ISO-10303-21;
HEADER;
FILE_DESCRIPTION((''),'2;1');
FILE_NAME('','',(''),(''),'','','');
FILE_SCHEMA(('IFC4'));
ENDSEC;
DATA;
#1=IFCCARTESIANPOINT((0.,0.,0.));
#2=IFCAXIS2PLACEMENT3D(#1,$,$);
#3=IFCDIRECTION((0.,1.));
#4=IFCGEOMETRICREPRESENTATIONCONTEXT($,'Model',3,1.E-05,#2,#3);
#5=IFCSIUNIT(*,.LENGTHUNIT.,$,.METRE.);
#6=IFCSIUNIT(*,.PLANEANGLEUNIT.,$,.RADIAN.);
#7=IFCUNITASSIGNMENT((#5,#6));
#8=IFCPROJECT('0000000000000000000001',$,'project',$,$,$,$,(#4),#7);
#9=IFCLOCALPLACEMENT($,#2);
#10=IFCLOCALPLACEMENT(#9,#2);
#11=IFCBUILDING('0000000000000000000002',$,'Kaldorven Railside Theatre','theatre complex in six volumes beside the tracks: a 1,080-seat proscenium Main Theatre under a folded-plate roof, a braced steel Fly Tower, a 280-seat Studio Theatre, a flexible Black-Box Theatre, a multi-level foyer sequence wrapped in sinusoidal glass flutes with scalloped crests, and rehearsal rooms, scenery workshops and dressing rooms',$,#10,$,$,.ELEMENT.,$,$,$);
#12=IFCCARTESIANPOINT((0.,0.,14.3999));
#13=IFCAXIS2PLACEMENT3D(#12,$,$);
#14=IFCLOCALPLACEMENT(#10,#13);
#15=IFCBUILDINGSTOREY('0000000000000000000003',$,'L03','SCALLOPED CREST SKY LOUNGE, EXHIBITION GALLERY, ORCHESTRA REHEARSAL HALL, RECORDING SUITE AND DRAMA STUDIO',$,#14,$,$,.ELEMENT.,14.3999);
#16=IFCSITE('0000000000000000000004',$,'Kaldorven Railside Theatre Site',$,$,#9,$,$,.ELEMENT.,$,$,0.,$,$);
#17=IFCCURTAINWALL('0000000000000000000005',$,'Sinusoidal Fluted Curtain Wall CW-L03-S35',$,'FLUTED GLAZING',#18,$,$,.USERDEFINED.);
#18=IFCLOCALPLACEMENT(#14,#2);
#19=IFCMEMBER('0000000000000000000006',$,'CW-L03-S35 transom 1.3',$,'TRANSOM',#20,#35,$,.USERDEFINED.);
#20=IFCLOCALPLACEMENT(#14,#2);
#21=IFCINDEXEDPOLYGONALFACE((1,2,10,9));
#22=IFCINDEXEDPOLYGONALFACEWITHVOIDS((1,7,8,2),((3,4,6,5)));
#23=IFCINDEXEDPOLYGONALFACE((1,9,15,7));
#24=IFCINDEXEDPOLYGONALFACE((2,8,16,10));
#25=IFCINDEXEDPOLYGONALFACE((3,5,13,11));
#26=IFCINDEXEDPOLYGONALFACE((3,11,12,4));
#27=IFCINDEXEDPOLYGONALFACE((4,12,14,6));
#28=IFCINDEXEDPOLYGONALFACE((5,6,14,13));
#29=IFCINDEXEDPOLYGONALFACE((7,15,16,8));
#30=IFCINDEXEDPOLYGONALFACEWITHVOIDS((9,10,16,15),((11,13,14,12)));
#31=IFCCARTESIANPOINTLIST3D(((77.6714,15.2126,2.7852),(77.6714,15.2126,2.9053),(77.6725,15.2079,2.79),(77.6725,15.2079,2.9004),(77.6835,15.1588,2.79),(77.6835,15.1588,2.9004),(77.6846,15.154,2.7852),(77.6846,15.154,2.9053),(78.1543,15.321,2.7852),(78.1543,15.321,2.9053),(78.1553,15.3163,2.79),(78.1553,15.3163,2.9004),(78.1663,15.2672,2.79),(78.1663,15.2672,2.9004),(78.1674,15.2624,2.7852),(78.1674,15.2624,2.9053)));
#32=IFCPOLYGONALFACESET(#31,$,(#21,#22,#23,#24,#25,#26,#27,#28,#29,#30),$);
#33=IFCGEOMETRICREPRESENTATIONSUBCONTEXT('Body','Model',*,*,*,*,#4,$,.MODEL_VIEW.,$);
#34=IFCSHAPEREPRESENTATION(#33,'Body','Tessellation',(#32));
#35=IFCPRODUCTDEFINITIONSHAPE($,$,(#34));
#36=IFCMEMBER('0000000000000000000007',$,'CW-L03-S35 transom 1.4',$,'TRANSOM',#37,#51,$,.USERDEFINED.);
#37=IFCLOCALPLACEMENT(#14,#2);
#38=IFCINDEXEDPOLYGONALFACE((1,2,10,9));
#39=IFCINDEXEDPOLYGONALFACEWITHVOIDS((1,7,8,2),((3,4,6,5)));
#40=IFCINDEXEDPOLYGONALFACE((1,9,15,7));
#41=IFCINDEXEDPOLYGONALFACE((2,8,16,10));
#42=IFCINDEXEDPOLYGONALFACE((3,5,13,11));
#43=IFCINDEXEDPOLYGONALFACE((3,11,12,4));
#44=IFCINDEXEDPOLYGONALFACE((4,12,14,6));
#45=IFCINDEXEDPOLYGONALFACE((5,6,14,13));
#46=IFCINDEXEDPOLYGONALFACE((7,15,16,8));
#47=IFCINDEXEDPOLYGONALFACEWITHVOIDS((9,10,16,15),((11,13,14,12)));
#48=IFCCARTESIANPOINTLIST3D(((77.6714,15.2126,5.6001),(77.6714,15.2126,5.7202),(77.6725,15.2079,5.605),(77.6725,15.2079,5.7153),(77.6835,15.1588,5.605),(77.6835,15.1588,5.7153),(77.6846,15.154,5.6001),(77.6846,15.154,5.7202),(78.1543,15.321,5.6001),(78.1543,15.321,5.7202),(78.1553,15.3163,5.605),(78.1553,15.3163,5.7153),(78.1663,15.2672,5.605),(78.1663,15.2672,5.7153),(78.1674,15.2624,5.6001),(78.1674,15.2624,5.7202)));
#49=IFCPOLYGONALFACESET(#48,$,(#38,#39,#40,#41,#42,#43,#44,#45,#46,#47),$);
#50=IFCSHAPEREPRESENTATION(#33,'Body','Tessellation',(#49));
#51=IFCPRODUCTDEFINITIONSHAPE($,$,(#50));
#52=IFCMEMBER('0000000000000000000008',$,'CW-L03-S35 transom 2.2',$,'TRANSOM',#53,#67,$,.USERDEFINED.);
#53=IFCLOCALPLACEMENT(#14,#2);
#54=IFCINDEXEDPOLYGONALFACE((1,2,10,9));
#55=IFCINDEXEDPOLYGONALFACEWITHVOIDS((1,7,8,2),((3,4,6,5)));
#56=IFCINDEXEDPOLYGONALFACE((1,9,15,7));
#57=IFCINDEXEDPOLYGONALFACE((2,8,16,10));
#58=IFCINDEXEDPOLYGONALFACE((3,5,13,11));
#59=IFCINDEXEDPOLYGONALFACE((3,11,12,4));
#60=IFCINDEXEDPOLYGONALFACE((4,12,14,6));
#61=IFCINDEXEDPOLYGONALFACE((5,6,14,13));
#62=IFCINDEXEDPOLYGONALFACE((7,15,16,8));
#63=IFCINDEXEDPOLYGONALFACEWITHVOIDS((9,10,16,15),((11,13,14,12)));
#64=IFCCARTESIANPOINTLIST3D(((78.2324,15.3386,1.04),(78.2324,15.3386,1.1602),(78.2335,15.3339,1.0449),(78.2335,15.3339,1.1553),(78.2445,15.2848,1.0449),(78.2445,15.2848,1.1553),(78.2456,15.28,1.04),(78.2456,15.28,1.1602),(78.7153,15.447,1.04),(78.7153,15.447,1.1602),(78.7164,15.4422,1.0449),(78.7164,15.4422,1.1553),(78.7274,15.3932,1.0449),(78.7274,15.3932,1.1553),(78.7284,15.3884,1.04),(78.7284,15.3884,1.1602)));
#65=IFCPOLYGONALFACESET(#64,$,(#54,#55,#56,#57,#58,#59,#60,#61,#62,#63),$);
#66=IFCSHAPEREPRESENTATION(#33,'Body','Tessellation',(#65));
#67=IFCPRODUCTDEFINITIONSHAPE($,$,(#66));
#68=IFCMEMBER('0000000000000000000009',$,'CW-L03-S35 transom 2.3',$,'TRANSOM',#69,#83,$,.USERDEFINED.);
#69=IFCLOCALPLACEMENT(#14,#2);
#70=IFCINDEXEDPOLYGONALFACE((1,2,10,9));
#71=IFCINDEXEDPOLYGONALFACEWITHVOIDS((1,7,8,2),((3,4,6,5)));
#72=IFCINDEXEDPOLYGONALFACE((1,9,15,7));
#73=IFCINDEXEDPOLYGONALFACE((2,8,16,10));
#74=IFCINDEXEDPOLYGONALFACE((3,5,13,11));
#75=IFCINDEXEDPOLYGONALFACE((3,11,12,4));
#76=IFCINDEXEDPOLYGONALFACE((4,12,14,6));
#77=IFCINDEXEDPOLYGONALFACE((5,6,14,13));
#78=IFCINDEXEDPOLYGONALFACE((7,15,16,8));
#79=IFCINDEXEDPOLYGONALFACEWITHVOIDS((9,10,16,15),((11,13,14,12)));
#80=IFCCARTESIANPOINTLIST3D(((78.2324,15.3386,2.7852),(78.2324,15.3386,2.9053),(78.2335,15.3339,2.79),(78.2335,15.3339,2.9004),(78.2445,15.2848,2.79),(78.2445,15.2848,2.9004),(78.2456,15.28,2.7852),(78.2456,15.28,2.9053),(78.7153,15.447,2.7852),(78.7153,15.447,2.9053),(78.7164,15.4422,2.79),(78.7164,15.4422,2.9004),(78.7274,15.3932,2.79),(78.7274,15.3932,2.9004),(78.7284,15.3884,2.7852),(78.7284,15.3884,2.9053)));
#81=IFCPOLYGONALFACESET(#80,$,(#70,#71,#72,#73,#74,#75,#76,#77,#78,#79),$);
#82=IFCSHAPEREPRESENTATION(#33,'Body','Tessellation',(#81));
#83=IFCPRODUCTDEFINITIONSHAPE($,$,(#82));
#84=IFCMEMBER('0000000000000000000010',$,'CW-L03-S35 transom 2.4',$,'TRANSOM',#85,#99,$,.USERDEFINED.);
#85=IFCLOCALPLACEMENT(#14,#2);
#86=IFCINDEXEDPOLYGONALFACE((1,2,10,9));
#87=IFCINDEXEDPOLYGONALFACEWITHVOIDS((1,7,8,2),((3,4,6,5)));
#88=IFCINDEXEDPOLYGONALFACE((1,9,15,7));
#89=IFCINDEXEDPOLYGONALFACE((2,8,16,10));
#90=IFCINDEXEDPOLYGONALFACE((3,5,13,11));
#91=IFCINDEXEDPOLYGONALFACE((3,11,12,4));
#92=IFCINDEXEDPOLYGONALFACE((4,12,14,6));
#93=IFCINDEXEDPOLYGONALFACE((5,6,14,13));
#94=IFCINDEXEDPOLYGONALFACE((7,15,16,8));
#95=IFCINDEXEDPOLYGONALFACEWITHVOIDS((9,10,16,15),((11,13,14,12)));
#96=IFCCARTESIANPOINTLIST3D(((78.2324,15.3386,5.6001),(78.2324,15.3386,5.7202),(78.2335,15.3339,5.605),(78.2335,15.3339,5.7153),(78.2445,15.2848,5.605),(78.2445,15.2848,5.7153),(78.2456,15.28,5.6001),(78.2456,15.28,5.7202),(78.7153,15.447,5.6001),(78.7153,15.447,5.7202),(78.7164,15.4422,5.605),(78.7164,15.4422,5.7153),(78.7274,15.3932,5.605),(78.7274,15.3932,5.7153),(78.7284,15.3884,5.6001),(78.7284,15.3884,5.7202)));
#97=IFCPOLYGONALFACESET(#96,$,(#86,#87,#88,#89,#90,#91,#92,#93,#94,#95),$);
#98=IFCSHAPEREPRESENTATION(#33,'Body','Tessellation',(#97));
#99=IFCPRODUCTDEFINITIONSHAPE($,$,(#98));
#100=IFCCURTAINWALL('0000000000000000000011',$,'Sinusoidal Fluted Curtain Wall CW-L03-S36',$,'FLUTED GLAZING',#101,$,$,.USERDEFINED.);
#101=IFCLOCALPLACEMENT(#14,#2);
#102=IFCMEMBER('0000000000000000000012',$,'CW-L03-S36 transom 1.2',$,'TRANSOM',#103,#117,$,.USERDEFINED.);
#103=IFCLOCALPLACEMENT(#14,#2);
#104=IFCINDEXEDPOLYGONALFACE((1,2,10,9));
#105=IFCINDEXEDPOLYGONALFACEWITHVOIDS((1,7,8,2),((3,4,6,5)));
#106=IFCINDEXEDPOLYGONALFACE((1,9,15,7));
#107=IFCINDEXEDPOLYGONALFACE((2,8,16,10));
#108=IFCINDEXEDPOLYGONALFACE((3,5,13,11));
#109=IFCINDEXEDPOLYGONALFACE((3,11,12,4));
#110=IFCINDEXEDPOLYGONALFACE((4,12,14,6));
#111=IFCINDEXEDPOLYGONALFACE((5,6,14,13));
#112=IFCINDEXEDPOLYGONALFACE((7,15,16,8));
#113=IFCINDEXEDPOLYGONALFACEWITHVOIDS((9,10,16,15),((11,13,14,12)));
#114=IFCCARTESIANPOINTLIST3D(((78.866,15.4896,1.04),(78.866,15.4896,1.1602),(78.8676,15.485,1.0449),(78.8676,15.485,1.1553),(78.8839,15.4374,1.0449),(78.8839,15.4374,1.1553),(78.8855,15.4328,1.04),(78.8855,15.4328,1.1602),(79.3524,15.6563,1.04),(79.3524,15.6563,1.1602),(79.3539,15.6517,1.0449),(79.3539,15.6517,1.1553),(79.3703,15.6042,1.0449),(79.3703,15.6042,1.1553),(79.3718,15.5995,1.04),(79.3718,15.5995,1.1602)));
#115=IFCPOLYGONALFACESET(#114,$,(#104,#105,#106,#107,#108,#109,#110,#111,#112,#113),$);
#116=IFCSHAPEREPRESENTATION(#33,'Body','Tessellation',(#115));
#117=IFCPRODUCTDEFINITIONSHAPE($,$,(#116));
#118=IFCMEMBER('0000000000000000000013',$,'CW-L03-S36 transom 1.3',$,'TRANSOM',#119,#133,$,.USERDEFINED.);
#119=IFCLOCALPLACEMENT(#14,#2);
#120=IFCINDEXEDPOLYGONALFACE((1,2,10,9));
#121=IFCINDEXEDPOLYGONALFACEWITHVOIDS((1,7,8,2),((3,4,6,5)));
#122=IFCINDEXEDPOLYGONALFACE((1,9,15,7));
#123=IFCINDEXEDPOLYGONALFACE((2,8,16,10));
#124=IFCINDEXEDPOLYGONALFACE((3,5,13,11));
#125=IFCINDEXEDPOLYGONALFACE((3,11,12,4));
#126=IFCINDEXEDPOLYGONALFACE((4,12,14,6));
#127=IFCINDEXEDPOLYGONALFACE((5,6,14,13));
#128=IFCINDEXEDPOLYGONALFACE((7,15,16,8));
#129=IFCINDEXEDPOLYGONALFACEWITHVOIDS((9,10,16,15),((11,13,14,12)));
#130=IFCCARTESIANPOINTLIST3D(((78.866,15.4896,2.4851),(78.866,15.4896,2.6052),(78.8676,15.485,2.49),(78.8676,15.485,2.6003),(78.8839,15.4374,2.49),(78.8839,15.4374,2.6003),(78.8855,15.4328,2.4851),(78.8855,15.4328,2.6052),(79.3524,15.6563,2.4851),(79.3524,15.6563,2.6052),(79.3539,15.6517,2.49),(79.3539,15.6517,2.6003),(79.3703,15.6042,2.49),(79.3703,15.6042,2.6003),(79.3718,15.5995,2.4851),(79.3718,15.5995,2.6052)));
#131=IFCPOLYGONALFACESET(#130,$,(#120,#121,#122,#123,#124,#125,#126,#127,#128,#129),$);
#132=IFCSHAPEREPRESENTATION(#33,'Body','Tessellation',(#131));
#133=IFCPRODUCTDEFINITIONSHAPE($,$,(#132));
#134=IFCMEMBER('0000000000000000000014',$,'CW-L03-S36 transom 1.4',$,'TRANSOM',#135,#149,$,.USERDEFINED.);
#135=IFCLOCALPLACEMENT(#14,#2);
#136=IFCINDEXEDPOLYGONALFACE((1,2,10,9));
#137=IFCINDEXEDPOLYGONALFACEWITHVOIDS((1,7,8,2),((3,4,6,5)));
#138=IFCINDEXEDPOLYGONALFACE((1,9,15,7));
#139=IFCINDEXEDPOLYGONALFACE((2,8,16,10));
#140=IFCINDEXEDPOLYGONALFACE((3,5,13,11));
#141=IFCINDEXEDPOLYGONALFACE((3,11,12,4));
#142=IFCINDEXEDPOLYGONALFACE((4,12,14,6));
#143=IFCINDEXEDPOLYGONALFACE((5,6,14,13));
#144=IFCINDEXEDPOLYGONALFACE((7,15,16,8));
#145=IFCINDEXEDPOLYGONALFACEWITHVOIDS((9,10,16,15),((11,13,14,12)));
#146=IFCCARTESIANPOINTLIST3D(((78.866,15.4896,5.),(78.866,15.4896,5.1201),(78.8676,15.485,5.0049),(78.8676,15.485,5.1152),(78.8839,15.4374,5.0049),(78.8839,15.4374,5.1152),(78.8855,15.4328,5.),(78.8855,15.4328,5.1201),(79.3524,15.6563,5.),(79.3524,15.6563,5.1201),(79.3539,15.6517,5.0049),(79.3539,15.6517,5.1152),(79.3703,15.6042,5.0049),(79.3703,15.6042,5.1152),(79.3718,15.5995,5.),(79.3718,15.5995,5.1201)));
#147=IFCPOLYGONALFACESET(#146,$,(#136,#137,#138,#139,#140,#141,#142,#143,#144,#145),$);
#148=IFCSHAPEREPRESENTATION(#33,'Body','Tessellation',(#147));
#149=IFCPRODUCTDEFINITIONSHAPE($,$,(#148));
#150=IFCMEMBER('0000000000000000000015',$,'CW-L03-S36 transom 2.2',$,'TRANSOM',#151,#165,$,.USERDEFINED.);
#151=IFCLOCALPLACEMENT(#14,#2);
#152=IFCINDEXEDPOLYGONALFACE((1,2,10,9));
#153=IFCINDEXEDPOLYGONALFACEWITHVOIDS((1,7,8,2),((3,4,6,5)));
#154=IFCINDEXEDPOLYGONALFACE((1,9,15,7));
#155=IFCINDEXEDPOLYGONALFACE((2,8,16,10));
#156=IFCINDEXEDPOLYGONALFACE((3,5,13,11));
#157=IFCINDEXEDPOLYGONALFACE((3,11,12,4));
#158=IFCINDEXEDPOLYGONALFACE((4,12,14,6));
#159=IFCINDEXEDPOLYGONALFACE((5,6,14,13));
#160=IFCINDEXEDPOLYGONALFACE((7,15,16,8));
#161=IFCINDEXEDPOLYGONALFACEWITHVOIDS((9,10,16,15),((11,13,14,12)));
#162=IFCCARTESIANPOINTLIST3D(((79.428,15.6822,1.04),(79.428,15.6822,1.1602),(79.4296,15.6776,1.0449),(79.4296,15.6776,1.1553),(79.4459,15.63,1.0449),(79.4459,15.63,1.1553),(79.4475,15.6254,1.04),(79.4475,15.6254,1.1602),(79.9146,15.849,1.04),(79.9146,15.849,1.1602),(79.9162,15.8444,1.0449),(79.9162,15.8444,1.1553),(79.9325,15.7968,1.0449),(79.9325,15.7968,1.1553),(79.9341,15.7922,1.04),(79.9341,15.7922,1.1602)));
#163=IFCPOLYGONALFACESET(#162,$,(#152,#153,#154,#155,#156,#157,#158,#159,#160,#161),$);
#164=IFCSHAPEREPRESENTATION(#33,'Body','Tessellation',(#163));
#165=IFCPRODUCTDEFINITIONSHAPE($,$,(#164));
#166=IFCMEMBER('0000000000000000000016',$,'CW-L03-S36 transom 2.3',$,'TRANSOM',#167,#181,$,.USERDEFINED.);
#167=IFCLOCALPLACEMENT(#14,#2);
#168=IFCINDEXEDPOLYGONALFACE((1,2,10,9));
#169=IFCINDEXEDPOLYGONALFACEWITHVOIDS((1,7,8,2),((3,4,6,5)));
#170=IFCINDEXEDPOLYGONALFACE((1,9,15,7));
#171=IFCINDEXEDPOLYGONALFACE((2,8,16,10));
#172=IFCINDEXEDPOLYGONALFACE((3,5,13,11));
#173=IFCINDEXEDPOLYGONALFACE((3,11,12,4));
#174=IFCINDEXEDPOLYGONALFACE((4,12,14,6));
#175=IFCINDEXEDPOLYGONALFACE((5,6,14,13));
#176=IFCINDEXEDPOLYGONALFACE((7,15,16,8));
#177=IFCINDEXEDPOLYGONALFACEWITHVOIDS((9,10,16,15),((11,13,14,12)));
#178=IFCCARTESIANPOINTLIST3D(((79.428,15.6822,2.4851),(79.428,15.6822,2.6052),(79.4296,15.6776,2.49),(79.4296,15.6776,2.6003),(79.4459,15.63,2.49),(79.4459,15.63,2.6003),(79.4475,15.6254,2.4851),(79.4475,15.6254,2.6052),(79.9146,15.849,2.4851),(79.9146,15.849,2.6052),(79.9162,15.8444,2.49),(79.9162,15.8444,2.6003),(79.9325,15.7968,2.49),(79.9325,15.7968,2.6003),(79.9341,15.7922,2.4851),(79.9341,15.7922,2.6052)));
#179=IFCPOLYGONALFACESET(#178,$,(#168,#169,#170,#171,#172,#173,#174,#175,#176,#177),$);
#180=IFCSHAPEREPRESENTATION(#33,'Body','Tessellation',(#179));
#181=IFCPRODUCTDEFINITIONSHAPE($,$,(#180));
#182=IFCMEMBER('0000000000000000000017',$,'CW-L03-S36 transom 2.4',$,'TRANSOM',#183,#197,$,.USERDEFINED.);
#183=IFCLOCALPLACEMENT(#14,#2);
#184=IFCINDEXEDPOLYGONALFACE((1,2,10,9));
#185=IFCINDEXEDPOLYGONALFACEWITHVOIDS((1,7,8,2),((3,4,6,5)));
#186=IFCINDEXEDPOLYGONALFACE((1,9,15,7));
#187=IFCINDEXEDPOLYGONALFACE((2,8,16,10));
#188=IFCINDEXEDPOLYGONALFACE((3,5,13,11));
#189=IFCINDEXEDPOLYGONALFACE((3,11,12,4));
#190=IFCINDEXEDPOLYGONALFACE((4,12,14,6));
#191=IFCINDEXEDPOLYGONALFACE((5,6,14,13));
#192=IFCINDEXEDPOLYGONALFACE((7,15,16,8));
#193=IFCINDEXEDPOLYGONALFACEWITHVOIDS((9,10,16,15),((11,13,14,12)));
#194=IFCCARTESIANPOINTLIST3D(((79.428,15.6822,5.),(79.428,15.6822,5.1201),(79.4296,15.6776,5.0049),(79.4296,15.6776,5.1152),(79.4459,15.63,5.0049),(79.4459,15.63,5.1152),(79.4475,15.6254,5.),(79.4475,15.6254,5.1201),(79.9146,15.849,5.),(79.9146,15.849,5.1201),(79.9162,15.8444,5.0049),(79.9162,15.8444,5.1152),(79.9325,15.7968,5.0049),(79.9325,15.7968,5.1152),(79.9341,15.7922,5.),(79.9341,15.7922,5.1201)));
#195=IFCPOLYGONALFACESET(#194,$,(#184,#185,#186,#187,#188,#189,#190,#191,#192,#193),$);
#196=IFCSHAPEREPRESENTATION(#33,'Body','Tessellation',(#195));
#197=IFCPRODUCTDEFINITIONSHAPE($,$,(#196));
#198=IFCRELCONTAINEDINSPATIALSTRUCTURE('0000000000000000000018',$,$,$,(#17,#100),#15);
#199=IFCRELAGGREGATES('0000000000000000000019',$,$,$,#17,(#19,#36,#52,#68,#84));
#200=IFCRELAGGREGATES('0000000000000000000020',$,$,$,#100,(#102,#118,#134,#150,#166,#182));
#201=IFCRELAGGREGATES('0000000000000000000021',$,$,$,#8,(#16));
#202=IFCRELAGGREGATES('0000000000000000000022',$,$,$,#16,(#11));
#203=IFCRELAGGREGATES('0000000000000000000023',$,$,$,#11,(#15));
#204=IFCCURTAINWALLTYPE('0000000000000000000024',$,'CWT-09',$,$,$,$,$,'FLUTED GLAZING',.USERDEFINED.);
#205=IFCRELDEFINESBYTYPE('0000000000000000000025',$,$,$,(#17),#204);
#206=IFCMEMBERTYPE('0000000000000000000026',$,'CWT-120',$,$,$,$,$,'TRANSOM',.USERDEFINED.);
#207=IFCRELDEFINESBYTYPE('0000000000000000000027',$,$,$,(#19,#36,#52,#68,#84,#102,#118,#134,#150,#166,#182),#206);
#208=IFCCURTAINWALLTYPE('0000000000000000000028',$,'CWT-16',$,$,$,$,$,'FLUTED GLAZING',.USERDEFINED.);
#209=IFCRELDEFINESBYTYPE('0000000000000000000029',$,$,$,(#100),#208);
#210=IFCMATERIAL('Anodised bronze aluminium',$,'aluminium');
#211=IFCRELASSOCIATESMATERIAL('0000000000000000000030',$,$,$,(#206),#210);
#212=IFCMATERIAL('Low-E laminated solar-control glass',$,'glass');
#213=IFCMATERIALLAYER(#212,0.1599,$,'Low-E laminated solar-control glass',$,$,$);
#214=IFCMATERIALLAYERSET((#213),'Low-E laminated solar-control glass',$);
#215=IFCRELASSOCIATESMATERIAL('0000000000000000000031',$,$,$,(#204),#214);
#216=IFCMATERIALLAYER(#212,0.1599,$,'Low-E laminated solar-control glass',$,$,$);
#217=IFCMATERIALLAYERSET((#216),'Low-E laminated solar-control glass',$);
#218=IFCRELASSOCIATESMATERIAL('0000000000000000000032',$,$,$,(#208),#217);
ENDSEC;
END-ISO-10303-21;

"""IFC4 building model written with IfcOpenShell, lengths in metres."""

from ifc_helpers import new_model, si_unit, direction, frame, origin, origin_2d, place, context, subcontext, project, spatial, hollow_rectangle, extrude, material, layer, layer_set, material_profile, profile_set, type_object, element, aggregate, save


model = new_model("IFC4")

# Units and contexts
model_context = context("Model", 3, precision=1e-05, world=origin(), true_north=direction((0.0, 1.0)))
body_context = subcontext(model_context, "Body", "Model", "MODEL_VIEW")
ifc_project = project(units=[si_unit("LENGTHUNIT", "METRE"), si_unit("PLANEANGLEUNIT", "RADIAN")], contexts=[model_context])

# Site, building, storey
site_placement = place(None, origin())
site = spatial("IfcSite", under=ifc_project, at=site_placement, Name="Kaldorven Railside Theatre Site", CompositionType="ELEMENT", RefElevation=0.0)
building_placement = place(site_placement, origin())
building = spatial("IfcBuilding", under=site, at=building_placement, Name="Kaldorven Railside Theatre", Description="theatre complex in six volumes beside the tracks: a 1,080-seat proscenium Main Theatre under a folded-plate roof, a braced steel Fly Tower, a 280-seat Studio Theatre, a flexible Black-Box Theatre, a multi-level foyer sequence wrapped in sinusoidal glass flutes with scalloped crests, and rehearsal rooms, scenery workshops and dressing rooms", CompositionType="ELEMENT")
storey_placement = place(building_placement, frame((0.0, 0.0, 14.3999)))
storey = spatial("IfcBuildingStorey", under=building, at=storey_placement, Name="L03", Description="SCALLOPED CREST SKY LOUNGE, EXHIBITION GALLERY, ORCHESTRA REHEARSAL HALL, RECORDING SUITE AND DRAMA STUDIO", CompositionType="ELEMENT", Elevation=14.3999)

# Curtain walls, members
ifc_material_1 = material(Name="Low-E laminated solar-control glass", Category="glass")
ifc_material_2 = material(Name="Anodised bronze aluminium", Category="aluminium")
ifc_material_profile = material_profile(ifc_material_2, hollow_rectangle(XDim=0.0601, YDim=0.1201, WallThickness=0.0049, at=origin_2d()), Name="RHS 120x60x5")
ifc_profile_set = profile_set([ifc_material_profile], Name="Anodised bronze aluminium")
member_type = type_object("IfcMemberType", Name="CWT-120", ElementType="TRANSOM", PredefinedType="USERDEFINED", material=ifc_profile_set)
ifc_layer_1 = layer(ifc_material_1, 0.1599, Name="Low-E laminated solar-control glass")
ifc_layer_set_1 = layer_set([ifc_layer_1], Name="Low-E laminated solar-control glass")
curtain_wall_type_1 = type_object("IfcCurtainWallType", Name="CWT-09", ElementType="FLUTED GLAZING", PredefinedType="USERDEFINED", material=ifc_layer_set_1)
curtain_wall_1_placement = place(storey_placement, origin())
curtain_wall_1 = element("IfcCurtainWall", 1, at=curtain_wall_1_placement, inside=storey, type_object=curtain_wall_type_1, Name="Sinusoidal Fluted Curtain Wall CW-L03-S35", ObjectType="FLUTED GLAZING", PredefinedType="USERDEFINED")
member_1_placement = place(storey_placement, frame((77.678, 15.1833, 2.8452), z_axis=(0.975721, 0.219019, 0.0), x_axis=(-0.219019, 0.975721, 0.0)))
member_1 = element("IfcMember", 2, at=member_1_placement, type_object=member_type, Name="CW-L03-S35 transom 1.3", ObjectType="TRANSOM", PredefinedType="USERDEFINED", context=body_context, shape_type="SweptSolid", body=[
    extrude(hollow_rectangle(XDim=0.0601, YDim=0.1201, WallThickness=0.0049, at=origin_2d()), origin(), (0.0, 0.0, 1.0), 0.4949),
])
member_2_placement = place(storey_placement, frame((77.678, 15.1833, 5.6602), z_axis=(0.975721, 0.219019, 0.0), x_axis=(-0.219019, 0.975721, 0.0)))
member_2 = element("IfcMember", 3, at=member_2_placement, type_object=member_type, Name="CW-L03-S35 transom 1.4", ObjectType="TRANSOM", PredefinedType="USERDEFINED", context=body_context, shape_type="SweptSolid", body=[
    extrude(hollow_rectangle(XDim=0.0601, YDim=0.1201, WallThickness=0.0049, at=origin_2d()), origin(), (0.0, 0.0, 1.0), 0.4949),
])
member_3_placement = place(storey_placement, frame((78.239, 15.3093, 1.1001), z_axis=(0.975721, 0.219019, 0.0), x_axis=(-0.219019, 0.975721, 0.0)))
member_3 = element("IfcMember", 4, at=member_3_placement, type_object=member_type, Name="CW-L03-S35 transom 2.2", ObjectType="TRANSOM", PredefinedType="USERDEFINED", context=body_context, shape_type="SweptSolid", body=[
    extrude(hollow_rectangle(XDim=0.0601, YDim=0.1201, WallThickness=0.0049, at=origin_2d()), origin(), (0.0, 0.0, 1.0), 0.4949),
])
member_4_placement = place(storey_placement, frame((78.239, 15.3093, 2.8452), z_axis=(0.975721, 0.219019, 0.0), x_axis=(-0.219019, 0.975721, 0.0)))
member_4 = element("IfcMember", 5, at=member_4_placement, type_object=member_type, Name="CW-L03-S35 transom 2.3", ObjectType="TRANSOM", PredefinedType="USERDEFINED", context=body_context, shape_type="SweptSolid", body=[
    extrude(hollow_rectangle(XDim=0.0601, YDim=0.1201, WallThickness=0.0049, at=origin_2d()), origin(), (0.0, 0.0, 1.0), 0.4949),
])
member_5_placement = place(storey_placement, frame((78.239, 15.3093, 5.6602), z_axis=(0.975721, 0.219019, 0.0), x_axis=(-0.219019, 0.975721, 0.0)))
member_5 = element("IfcMember", 6, at=member_5_placement, type_object=member_type, Name="CW-L03-S35 transom 2.4", ObjectType="TRANSOM", PredefinedType="USERDEFINED", context=body_context, shape_type="SweptSolid", body=[
    extrude(hollow_rectangle(XDim=0.0601, YDim=0.1201, WallThickness=0.0049, at=origin_2d()), origin(), (0.0, 0.0, 1.0), 0.4949),
])
ifc_layer_2 = layer(ifc_material_1, 0.1599, Name="Low-E laminated solar-control glass")
ifc_layer_set_2 = layer_set([ifc_layer_2], Name="Low-E laminated solar-control glass")
curtain_wall_type_2 = type_object("IfcCurtainWallType", Name="CWT-16", ElementType="FLUTED GLAZING", PredefinedType="USERDEFINED", material=ifc_layer_set_2)
curtain_wall_2_placement = place(storey_placement, origin())
curtain_wall_2 = element("IfcCurtainWall", 7, at=curtain_wall_2_placement, inside=storey, type_object=curtain_wall_type_2, Name="Sinusoidal Fluted Curtain Wall CW-L03-S36", ObjectType="FLUTED GLAZING", PredefinedType="USERDEFINED")
member_6_placement = place(storey_placement, frame((78.8757, 15.4612, 1.1001), z_axis=(0.945942, 0.324336, 0.0), x_axis=(-0.324336, 0.945942, 0.0)))
member_6 = element("IfcMember", 8, at=member_6_placement, type_object=member_type, Name="CW-L03-S36 transom 1.2", ObjectType="TRANSOM", PredefinedType="USERDEFINED", context=body_context, shape_type="SweptSolid", body=[
    extrude(hollow_rectangle(XDim=0.0601, YDim=0.1201, WallThickness=0.0049, at=origin_2d()), origin(), (0.0, 0.0, 1.0), 0.5142),
])
member_7_placement = place(storey_placement, frame((78.8757, 15.4612, 2.5452), z_axis=(0.945942, 0.324336, 0.0), x_axis=(-0.324336, 0.945942, 0.0)))
member_7 = element("IfcMember", 9, at=member_7_placement, type_object=member_type, Name="CW-L03-S36 transom 1.3", ObjectType="TRANSOM", PredefinedType="USERDEFINED", context=body_context, shape_type="SweptSolid", body=[
    extrude(hollow_rectangle(XDim=0.0601, YDim=0.1201, WallThickness=0.0049, at=origin_2d()), origin(), (0.0, 0.0, 1.0), 0.5142),
])
member_8_placement = place(storey_placement, frame((78.8757, 15.4612, 5.0601), z_axis=(0.945942, 0.324336, 0.0), x_axis=(-0.324336, 0.945942, 0.0)))
member_8 = element("IfcMember", 10, at=member_8_placement, type_object=member_type, Name="CW-L03-S36 transom 1.4", ObjectType="TRANSOM", PredefinedType="USERDEFINED", context=body_context, shape_type="SweptSolid", body=[
    extrude(hollow_rectangle(XDim=0.0601, YDim=0.1201, WallThickness=0.0049, at=origin_2d()), origin(), (0.0, 0.0, 1.0), 0.5142),
])
member_9_placement = place(storey_placement, frame((79.4377, 15.6538, 1.1001), z_axis=(0.945992, 0.324191, 0.0), x_axis=(-0.324191, 0.945992, 0.0)))
member_9 = element("IfcMember", 11, at=member_9_placement, type_object=member_type, Name="CW-L03-S36 transom 2.2", ObjectType="TRANSOM", PredefinedType="USERDEFINED", context=body_context, shape_type="SweptSolid", body=[
    extrude(hollow_rectangle(XDim=0.0601, YDim=0.1201, WallThickness=0.0049, at=origin_2d()), origin(), (0.0, 0.0, 1.0), 0.5144),
])
member_10_placement = place(storey_placement, frame((79.4377, 15.6538, 2.5452), z_axis=(0.945992, 0.324191, 0.0), x_axis=(-0.324191, 0.945992, 0.0)))
member_10 = element("IfcMember", 12, at=member_10_placement, type_object=member_type, Name="CW-L03-S36 transom 2.3", ObjectType="TRANSOM", PredefinedType="USERDEFINED", context=body_context, shape_type="SweptSolid", body=[
    extrude(hollow_rectangle(XDim=0.0601, YDim=0.1201, WallThickness=0.0049, at=origin_2d()), origin(), (0.0, 0.0, 1.0), 0.5144),
])
member_11_placement = place(storey_placement, frame((79.4377, 15.6538, 5.0601), z_axis=(0.945992, 0.324191, 0.0), x_axis=(-0.324191, 0.945992, 0.0)))
member_11 = element("IfcMember", 13, at=member_11_placement, type_object=member_type, Name="CW-L03-S36 transom 2.4", ObjectType="TRANSOM", PredefinedType="USERDEFINED", context=body_context, shape_type="SweptSolid", body=[
    extrude(hollow_rectangle(XDim=0.0601, YDim=0.1201, WallThickness=0.0049, at=origin_2d()), origin(), (0.0, 0.0, 1.0), 0.5144),
])

aggregate(curtain_wall_1, [member_1, member_2, member_3, member_4, member_5])
aggregate(curtain_wall_2, [member_6, member_7, member_8, member_9, member_10, member_11])

save(model, "model.ifc")
